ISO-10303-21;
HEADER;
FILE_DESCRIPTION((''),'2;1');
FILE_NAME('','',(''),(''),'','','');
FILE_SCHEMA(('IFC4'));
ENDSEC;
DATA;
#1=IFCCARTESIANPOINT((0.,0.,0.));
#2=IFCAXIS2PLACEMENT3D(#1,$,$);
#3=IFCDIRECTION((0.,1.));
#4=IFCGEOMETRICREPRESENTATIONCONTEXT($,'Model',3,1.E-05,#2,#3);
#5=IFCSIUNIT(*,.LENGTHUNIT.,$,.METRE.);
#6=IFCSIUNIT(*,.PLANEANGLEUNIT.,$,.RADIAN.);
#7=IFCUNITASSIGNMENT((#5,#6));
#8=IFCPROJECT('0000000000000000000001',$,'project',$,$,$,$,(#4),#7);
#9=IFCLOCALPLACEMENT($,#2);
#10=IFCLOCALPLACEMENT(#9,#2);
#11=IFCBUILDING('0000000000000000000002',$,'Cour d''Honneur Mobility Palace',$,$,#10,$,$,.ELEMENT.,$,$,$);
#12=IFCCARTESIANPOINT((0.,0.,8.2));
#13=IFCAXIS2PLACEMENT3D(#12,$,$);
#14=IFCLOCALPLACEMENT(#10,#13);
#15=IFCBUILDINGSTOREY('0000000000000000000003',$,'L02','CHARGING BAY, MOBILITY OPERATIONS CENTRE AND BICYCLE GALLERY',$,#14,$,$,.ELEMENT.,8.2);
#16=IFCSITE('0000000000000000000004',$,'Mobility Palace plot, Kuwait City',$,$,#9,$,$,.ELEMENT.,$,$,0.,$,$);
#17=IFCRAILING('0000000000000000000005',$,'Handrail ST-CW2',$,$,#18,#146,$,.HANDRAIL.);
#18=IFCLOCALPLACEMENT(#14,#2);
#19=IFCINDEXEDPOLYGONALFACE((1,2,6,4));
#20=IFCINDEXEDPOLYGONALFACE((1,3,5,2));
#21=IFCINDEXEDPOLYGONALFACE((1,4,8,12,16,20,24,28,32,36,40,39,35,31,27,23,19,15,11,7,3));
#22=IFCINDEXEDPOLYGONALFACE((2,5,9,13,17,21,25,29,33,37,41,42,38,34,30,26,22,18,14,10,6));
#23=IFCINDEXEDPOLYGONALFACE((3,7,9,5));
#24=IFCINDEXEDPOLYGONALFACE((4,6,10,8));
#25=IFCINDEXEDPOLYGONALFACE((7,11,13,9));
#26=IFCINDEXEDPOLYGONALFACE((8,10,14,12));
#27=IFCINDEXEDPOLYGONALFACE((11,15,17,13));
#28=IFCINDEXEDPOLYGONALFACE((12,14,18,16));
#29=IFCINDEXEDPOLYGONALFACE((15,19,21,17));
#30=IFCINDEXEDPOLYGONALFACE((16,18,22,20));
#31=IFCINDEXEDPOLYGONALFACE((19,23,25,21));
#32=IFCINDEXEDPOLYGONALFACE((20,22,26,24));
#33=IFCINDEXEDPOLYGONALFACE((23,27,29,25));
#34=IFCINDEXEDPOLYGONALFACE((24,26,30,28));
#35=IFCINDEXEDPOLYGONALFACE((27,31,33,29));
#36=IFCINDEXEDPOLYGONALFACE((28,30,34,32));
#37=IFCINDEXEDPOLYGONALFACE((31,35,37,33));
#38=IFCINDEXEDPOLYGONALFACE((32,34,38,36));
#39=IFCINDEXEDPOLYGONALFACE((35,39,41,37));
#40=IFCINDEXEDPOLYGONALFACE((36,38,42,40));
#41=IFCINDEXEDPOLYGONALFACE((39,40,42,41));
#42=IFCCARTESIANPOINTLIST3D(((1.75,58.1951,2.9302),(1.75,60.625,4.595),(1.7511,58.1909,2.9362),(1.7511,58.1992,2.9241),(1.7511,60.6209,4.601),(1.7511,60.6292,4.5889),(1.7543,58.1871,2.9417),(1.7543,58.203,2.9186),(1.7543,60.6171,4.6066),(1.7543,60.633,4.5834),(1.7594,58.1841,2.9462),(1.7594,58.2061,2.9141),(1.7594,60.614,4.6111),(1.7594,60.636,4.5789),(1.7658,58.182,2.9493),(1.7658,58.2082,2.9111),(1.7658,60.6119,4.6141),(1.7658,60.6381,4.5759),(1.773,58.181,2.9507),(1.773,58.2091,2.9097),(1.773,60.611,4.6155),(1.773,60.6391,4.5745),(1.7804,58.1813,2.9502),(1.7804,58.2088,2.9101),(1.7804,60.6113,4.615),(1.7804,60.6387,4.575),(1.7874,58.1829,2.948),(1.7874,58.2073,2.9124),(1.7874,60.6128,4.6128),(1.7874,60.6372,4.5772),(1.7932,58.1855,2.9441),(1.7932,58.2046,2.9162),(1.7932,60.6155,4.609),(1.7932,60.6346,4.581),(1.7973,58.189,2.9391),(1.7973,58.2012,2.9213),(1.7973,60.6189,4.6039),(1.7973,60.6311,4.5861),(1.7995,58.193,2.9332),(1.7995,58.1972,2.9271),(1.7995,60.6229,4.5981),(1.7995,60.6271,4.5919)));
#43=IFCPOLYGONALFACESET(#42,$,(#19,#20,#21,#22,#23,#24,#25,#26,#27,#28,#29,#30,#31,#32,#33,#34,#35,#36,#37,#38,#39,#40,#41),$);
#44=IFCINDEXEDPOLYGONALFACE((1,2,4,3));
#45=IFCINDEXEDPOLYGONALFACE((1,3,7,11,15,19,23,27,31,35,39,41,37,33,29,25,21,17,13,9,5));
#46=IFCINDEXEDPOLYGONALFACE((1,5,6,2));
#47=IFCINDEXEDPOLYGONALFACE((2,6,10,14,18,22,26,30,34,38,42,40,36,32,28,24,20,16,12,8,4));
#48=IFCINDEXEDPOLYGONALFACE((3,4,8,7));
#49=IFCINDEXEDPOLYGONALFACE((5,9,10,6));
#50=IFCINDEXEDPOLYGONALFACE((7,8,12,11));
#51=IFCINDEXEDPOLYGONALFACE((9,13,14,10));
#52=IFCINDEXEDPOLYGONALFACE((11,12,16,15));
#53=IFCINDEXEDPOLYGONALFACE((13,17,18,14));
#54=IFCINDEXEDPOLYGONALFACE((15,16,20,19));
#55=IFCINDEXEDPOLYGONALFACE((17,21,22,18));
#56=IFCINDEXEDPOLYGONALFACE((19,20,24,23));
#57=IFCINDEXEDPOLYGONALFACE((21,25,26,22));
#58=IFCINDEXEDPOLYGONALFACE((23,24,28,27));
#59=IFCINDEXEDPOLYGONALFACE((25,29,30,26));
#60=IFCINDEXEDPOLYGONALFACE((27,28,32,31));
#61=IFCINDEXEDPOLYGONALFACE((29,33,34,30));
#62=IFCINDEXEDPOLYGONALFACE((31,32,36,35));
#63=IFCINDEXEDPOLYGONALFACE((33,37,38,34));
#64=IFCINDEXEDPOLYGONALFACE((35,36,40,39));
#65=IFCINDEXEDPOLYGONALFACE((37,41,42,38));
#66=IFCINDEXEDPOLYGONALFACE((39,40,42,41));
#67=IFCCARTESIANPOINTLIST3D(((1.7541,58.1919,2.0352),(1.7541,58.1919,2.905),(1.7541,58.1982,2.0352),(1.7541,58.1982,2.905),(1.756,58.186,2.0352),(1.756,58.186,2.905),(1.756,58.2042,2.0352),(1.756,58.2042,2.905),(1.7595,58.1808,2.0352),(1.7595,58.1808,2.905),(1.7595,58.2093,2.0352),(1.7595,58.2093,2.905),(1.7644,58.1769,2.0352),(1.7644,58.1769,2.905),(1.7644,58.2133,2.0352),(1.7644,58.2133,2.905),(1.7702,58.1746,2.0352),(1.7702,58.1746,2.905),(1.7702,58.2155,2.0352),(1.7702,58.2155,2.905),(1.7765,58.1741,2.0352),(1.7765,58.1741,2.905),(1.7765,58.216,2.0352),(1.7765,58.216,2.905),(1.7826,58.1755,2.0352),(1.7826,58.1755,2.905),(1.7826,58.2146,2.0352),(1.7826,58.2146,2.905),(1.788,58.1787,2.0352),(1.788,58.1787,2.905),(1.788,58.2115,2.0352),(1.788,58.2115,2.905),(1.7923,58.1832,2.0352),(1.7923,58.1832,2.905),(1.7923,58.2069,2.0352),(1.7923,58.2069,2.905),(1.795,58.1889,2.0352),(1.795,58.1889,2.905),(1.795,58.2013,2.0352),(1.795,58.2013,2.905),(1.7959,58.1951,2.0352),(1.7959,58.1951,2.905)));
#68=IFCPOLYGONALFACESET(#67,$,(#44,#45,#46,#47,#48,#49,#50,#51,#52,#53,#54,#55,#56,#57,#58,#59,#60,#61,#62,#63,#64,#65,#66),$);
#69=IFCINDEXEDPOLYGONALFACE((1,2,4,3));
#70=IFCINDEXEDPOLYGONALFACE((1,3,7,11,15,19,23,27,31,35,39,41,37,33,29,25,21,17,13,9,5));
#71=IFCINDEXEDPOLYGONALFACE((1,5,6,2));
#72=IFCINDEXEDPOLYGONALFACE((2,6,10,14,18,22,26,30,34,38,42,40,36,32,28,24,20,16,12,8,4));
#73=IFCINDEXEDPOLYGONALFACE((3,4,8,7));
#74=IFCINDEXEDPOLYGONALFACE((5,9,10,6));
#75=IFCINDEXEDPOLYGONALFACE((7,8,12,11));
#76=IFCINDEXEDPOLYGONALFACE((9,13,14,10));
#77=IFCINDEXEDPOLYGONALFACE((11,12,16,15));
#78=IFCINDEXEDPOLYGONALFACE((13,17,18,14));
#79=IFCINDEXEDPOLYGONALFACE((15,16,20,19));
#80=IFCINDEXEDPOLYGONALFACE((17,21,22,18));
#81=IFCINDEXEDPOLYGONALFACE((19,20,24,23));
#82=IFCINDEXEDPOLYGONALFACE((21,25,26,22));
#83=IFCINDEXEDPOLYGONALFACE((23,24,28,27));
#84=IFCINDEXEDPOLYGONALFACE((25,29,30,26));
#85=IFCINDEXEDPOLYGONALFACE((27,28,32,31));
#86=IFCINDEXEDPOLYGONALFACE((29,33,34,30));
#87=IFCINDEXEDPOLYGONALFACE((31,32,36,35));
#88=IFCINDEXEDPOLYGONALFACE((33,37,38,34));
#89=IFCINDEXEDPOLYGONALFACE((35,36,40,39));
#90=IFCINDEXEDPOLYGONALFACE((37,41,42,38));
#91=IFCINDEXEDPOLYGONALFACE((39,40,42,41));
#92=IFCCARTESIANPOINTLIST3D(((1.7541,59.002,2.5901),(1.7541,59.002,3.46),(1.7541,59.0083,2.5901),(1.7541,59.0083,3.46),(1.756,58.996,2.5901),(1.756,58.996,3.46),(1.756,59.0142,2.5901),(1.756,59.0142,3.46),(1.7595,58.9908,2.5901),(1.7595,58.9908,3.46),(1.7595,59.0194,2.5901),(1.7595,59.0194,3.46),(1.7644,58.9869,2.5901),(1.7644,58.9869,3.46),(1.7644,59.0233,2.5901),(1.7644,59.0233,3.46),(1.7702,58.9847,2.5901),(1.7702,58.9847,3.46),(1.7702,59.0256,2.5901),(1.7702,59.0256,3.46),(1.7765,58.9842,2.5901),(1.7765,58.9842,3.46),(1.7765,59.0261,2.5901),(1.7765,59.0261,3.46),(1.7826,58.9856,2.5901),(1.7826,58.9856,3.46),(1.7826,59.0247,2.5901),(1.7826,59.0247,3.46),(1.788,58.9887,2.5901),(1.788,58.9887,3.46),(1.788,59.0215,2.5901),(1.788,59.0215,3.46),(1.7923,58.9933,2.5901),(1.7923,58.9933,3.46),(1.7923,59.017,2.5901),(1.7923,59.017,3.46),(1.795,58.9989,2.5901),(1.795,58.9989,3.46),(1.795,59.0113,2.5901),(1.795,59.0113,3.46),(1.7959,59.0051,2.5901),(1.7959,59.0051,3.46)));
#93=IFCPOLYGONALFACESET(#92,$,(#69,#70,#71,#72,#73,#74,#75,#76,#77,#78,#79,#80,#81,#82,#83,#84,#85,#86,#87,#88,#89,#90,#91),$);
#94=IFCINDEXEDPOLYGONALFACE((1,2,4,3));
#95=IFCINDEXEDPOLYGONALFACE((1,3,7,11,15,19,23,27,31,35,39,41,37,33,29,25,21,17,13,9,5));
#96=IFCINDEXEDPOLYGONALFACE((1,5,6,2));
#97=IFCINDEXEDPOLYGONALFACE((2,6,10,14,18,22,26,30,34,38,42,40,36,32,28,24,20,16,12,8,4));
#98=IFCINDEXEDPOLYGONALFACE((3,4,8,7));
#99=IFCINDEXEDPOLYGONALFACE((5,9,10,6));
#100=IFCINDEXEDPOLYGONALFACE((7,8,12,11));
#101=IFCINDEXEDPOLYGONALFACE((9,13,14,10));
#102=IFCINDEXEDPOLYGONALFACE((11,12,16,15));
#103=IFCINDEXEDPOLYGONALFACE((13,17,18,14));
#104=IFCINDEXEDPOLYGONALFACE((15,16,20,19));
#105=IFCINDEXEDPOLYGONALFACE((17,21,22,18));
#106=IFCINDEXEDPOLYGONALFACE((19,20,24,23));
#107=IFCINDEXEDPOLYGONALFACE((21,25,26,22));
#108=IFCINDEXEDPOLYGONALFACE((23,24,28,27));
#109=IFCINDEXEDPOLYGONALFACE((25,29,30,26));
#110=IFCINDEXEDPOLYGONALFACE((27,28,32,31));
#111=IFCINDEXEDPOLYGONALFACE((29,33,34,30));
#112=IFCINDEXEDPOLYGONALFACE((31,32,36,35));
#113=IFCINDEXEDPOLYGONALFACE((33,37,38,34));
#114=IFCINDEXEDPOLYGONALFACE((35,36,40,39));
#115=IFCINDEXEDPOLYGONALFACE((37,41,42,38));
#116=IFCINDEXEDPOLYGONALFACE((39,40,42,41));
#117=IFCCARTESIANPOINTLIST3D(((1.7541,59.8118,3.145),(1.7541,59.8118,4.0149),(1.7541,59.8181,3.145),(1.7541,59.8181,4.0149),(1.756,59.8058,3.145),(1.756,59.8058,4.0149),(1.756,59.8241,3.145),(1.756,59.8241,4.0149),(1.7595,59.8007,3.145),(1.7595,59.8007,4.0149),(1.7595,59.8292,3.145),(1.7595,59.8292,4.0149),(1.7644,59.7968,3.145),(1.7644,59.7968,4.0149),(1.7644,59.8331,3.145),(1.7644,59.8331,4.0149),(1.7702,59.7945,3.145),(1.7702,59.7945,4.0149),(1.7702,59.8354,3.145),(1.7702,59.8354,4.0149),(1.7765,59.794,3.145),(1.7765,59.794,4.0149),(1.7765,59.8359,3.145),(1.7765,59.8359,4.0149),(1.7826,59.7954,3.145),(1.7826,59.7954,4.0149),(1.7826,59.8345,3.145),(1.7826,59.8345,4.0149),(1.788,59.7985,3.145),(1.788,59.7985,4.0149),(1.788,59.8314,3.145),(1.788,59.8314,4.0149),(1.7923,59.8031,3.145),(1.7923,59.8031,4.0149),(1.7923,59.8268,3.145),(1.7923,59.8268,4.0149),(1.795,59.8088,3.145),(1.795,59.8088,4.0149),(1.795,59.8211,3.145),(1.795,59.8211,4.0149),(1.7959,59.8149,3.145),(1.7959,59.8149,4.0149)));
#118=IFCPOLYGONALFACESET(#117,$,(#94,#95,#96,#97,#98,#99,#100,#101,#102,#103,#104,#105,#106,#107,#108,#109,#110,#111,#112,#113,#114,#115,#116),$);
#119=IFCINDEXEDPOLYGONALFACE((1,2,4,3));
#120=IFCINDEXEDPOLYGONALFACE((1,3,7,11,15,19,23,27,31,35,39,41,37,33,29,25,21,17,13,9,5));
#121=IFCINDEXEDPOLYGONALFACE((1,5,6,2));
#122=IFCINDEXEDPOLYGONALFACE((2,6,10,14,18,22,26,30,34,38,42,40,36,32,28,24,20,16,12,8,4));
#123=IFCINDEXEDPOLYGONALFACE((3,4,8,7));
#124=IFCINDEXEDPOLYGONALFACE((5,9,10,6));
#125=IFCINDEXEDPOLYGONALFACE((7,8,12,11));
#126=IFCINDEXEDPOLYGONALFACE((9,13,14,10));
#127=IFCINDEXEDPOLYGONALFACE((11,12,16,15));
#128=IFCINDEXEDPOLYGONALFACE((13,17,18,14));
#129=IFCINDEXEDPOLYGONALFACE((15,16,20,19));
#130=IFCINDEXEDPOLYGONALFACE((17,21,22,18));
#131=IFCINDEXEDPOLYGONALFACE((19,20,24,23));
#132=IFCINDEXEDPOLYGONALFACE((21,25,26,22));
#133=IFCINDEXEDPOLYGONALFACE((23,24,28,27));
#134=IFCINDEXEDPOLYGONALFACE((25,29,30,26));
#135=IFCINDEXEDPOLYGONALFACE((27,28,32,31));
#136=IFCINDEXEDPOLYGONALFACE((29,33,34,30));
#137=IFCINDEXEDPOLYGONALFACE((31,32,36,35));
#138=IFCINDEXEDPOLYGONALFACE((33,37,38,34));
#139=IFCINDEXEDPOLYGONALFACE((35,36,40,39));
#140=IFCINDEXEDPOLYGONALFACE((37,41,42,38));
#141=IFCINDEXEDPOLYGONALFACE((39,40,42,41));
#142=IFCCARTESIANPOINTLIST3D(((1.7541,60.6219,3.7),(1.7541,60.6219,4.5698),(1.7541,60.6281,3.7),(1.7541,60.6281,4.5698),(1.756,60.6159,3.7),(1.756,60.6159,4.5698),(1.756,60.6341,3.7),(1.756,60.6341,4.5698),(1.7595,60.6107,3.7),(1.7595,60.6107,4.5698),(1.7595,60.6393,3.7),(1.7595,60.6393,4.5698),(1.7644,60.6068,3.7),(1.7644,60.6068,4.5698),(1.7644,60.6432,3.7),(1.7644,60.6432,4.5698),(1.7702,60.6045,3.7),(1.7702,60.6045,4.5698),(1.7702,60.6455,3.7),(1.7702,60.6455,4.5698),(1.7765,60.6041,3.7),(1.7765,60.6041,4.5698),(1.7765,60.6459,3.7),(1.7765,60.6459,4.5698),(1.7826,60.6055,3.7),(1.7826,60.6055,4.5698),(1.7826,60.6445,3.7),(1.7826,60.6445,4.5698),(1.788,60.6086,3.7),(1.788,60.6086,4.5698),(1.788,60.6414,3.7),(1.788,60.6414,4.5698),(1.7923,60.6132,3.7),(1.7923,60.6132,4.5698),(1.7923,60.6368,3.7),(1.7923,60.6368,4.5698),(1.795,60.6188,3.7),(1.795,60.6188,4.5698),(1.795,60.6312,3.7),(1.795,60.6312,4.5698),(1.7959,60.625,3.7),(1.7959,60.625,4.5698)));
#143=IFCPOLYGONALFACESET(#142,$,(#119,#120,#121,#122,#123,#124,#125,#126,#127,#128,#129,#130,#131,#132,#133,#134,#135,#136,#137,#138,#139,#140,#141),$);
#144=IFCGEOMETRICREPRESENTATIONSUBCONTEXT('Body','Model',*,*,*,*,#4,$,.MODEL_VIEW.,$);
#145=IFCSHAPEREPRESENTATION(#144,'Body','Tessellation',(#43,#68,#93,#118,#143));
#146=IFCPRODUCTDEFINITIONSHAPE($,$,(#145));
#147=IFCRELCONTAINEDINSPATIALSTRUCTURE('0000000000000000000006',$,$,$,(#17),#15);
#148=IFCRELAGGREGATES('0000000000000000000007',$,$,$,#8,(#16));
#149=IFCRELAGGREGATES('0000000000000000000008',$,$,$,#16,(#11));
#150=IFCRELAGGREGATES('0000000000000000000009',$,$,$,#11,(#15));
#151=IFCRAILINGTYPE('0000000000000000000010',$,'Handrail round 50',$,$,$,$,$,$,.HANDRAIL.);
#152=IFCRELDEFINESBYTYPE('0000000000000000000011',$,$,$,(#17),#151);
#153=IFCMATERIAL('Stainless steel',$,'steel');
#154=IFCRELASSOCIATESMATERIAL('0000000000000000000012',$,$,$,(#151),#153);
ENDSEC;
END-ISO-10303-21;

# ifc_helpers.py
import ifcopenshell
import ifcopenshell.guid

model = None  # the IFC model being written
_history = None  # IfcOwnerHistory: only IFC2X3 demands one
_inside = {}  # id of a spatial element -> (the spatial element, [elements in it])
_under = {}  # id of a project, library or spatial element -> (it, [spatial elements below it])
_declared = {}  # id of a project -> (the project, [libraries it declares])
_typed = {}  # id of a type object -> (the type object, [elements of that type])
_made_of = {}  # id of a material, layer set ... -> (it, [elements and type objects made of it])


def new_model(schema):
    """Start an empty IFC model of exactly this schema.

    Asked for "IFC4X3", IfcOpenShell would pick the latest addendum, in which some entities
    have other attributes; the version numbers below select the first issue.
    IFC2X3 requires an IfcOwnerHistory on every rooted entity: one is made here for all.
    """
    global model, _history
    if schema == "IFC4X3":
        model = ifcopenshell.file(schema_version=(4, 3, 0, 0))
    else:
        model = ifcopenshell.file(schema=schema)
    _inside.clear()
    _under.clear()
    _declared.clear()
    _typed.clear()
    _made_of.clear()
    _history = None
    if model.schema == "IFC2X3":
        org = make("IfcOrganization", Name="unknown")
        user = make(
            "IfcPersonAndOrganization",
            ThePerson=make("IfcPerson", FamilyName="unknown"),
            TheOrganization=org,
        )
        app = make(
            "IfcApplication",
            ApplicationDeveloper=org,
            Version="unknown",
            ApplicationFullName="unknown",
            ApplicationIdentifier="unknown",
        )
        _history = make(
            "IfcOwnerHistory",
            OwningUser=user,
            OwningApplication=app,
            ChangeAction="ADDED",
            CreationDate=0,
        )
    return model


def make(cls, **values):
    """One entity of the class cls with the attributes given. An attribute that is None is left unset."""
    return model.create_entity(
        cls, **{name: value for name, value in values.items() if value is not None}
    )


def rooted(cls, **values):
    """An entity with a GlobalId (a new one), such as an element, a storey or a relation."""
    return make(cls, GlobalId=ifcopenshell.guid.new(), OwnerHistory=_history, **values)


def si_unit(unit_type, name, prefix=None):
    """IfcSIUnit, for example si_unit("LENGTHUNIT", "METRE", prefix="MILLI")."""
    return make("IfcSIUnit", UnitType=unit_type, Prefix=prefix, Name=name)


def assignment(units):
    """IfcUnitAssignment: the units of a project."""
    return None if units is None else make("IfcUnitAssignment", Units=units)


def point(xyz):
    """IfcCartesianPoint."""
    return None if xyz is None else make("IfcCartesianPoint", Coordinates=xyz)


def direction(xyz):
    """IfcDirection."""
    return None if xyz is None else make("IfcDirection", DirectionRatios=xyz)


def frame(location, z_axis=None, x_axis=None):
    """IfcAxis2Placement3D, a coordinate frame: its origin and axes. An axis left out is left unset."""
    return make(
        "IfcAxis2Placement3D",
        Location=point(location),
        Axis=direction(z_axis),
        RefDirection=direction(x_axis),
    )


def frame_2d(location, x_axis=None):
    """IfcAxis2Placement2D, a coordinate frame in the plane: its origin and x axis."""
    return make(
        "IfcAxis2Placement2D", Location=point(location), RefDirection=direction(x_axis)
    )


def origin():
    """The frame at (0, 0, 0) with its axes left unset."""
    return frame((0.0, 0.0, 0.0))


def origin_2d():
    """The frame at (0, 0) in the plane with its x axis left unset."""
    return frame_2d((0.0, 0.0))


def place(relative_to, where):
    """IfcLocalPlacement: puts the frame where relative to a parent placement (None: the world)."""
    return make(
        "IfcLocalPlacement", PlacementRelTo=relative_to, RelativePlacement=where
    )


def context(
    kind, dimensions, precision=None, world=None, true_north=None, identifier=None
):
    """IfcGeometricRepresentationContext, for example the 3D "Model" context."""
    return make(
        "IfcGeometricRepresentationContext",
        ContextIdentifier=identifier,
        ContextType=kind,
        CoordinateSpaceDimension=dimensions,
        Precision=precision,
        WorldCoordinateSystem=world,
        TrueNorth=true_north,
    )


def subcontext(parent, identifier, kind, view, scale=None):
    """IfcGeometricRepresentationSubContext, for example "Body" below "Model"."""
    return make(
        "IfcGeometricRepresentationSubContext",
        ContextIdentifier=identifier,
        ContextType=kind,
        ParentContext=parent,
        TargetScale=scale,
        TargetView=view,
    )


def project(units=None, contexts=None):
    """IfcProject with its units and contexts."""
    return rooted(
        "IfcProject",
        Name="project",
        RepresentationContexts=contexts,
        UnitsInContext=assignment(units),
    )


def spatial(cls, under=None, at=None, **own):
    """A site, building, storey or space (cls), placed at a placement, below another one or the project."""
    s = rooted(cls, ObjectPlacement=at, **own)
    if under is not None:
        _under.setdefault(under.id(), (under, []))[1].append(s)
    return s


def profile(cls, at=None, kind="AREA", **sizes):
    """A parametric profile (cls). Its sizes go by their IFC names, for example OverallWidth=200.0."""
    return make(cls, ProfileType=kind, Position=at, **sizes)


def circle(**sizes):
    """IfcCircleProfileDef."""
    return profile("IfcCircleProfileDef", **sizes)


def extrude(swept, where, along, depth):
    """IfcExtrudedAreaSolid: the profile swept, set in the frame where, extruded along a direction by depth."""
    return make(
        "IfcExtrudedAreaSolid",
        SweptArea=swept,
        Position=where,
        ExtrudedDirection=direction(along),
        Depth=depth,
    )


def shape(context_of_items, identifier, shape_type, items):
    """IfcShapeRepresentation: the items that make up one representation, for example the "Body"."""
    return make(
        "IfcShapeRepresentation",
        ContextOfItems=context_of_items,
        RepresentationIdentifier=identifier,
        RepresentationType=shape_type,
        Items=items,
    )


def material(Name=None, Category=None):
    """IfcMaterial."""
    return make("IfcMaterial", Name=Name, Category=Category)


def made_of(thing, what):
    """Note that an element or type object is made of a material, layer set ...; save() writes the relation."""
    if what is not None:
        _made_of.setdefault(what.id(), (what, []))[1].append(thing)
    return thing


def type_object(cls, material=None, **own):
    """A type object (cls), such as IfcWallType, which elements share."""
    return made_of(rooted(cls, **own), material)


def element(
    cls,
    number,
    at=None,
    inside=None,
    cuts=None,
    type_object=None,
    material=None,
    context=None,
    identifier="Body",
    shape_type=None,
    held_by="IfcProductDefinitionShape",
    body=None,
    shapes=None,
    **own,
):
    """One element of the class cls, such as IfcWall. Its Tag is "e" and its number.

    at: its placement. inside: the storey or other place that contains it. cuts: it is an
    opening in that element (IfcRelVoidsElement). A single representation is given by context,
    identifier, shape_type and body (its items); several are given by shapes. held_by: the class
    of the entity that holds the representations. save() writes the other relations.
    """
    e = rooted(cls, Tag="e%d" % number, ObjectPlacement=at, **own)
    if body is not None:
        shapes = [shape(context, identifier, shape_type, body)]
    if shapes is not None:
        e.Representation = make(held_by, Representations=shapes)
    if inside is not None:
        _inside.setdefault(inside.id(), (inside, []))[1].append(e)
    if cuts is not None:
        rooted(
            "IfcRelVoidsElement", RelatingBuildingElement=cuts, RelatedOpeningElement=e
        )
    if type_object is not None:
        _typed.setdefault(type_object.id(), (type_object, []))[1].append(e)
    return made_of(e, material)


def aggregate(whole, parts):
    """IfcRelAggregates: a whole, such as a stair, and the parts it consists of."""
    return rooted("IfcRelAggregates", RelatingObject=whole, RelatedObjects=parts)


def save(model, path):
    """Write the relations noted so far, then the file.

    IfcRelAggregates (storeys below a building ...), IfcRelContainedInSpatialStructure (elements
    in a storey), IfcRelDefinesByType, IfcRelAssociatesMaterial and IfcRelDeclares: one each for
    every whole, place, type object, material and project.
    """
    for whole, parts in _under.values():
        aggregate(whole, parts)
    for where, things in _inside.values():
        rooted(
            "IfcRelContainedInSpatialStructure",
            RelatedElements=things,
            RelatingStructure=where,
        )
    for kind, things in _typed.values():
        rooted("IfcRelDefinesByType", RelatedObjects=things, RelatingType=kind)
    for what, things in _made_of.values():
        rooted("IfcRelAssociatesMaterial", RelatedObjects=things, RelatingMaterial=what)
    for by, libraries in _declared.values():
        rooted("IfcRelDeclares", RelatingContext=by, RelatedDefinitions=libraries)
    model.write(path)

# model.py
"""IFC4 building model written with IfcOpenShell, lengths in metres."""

from ifc_helpers import new_model, si_unit, direction, frame, origin, origin_2d, place, context, subcontext, project, spatial, circle, extrude, material, type_object, element, save


model = new_model("IFC4")

# Units and contexts
model_context = context("Model", 3, precision=1e-05, world=origin(), true_north=direction((0.0, 1.0)))
body_context = subcontext(model_context, "Body", "Model", "MODEL_VIEW")
ifc_project = project(units=[si_unit("LENGTHUNIT", "METRE"), si_unit("PLANEANGLEUNIT", "RADIAN")], contexts=[model_context])

# Site, building, storey
site_placement = place(None, origin())
site = spatial("IfcSite", under=ifc_project, at=site_placement, Name="Mobility Palace plot, Kuwait City", CompositionType="ELEMENT", RefElevation=0.0)
building_placement = place(site_placement, origin())
building = spatial("IfcBuilding", under=site, at=building_placement, Name="Cour d'Honneur Mobility Palace", CompositionType="ELEMENT")
storey_placement = place(building_placement, frame((0.0, 0.0, 8.2)))
storey = spatial("IfcBuildingStorey", under=building, at=storey_placement, Name="L02", Description="CHARGING BAY, MOBILITY OPERATIONS CENTRE AND BICYCLE GALLERY", CompositionType="ELEMENT", Elevation=8.2)

# Railing
ifc_material_1 = material(Name="Stainless steel", Category="steel")
railing_type_1 = type_object("IfcRailingType", Name="Handrail round 50", PredefinedType="HANDRAIL", material=ifc_material_1)
for number, where, name in (
    (1, (1.7749, 58.1951, 2.0352), "Handrail ST-CW2"),
):
    element("IfcRailing", number, at=place(storey_placement, frame(where)), inside=storey, type_object=railing_type_1, Name=name, PredefinedType="HANDRAIL", context=body_context, shape_type="SweptSolid", body=[
        extrude(circle(Radius=0.0249, at=origin_2d()), frame((0.0, 0.0, 0.895), z_axis=(0.0, 0.824957, 0.565195), x_axis=(-1.0, 0.0, 0.0)), (0.0, 0.0, 1.0), 2.9456),
        extrude(circle(Radius=0.021, at=origin_2d()), origin(), (0.0, 0.0, 1.0), 0.8699),
        extrude(circle(Radius=0.021, at=origin_2d()), frame((0.0, 0.8101, 0.5549)), (0.0, 0.0, 1.0), 0.8699),
        extrude(circle(Radius=0.021, at=origin_2d()), frame((0.0, 1.6199, 1.1099)), (0.0, 0.0, 1.0), 0.8699),
        extrude(circle(Radius=0.021, at=origin_2d()), frame((0.0, 2.4299, 1.6648)), (0.0, 0.0, 1.0), 0.8699),
    ])

save(model, "model.ifc")
